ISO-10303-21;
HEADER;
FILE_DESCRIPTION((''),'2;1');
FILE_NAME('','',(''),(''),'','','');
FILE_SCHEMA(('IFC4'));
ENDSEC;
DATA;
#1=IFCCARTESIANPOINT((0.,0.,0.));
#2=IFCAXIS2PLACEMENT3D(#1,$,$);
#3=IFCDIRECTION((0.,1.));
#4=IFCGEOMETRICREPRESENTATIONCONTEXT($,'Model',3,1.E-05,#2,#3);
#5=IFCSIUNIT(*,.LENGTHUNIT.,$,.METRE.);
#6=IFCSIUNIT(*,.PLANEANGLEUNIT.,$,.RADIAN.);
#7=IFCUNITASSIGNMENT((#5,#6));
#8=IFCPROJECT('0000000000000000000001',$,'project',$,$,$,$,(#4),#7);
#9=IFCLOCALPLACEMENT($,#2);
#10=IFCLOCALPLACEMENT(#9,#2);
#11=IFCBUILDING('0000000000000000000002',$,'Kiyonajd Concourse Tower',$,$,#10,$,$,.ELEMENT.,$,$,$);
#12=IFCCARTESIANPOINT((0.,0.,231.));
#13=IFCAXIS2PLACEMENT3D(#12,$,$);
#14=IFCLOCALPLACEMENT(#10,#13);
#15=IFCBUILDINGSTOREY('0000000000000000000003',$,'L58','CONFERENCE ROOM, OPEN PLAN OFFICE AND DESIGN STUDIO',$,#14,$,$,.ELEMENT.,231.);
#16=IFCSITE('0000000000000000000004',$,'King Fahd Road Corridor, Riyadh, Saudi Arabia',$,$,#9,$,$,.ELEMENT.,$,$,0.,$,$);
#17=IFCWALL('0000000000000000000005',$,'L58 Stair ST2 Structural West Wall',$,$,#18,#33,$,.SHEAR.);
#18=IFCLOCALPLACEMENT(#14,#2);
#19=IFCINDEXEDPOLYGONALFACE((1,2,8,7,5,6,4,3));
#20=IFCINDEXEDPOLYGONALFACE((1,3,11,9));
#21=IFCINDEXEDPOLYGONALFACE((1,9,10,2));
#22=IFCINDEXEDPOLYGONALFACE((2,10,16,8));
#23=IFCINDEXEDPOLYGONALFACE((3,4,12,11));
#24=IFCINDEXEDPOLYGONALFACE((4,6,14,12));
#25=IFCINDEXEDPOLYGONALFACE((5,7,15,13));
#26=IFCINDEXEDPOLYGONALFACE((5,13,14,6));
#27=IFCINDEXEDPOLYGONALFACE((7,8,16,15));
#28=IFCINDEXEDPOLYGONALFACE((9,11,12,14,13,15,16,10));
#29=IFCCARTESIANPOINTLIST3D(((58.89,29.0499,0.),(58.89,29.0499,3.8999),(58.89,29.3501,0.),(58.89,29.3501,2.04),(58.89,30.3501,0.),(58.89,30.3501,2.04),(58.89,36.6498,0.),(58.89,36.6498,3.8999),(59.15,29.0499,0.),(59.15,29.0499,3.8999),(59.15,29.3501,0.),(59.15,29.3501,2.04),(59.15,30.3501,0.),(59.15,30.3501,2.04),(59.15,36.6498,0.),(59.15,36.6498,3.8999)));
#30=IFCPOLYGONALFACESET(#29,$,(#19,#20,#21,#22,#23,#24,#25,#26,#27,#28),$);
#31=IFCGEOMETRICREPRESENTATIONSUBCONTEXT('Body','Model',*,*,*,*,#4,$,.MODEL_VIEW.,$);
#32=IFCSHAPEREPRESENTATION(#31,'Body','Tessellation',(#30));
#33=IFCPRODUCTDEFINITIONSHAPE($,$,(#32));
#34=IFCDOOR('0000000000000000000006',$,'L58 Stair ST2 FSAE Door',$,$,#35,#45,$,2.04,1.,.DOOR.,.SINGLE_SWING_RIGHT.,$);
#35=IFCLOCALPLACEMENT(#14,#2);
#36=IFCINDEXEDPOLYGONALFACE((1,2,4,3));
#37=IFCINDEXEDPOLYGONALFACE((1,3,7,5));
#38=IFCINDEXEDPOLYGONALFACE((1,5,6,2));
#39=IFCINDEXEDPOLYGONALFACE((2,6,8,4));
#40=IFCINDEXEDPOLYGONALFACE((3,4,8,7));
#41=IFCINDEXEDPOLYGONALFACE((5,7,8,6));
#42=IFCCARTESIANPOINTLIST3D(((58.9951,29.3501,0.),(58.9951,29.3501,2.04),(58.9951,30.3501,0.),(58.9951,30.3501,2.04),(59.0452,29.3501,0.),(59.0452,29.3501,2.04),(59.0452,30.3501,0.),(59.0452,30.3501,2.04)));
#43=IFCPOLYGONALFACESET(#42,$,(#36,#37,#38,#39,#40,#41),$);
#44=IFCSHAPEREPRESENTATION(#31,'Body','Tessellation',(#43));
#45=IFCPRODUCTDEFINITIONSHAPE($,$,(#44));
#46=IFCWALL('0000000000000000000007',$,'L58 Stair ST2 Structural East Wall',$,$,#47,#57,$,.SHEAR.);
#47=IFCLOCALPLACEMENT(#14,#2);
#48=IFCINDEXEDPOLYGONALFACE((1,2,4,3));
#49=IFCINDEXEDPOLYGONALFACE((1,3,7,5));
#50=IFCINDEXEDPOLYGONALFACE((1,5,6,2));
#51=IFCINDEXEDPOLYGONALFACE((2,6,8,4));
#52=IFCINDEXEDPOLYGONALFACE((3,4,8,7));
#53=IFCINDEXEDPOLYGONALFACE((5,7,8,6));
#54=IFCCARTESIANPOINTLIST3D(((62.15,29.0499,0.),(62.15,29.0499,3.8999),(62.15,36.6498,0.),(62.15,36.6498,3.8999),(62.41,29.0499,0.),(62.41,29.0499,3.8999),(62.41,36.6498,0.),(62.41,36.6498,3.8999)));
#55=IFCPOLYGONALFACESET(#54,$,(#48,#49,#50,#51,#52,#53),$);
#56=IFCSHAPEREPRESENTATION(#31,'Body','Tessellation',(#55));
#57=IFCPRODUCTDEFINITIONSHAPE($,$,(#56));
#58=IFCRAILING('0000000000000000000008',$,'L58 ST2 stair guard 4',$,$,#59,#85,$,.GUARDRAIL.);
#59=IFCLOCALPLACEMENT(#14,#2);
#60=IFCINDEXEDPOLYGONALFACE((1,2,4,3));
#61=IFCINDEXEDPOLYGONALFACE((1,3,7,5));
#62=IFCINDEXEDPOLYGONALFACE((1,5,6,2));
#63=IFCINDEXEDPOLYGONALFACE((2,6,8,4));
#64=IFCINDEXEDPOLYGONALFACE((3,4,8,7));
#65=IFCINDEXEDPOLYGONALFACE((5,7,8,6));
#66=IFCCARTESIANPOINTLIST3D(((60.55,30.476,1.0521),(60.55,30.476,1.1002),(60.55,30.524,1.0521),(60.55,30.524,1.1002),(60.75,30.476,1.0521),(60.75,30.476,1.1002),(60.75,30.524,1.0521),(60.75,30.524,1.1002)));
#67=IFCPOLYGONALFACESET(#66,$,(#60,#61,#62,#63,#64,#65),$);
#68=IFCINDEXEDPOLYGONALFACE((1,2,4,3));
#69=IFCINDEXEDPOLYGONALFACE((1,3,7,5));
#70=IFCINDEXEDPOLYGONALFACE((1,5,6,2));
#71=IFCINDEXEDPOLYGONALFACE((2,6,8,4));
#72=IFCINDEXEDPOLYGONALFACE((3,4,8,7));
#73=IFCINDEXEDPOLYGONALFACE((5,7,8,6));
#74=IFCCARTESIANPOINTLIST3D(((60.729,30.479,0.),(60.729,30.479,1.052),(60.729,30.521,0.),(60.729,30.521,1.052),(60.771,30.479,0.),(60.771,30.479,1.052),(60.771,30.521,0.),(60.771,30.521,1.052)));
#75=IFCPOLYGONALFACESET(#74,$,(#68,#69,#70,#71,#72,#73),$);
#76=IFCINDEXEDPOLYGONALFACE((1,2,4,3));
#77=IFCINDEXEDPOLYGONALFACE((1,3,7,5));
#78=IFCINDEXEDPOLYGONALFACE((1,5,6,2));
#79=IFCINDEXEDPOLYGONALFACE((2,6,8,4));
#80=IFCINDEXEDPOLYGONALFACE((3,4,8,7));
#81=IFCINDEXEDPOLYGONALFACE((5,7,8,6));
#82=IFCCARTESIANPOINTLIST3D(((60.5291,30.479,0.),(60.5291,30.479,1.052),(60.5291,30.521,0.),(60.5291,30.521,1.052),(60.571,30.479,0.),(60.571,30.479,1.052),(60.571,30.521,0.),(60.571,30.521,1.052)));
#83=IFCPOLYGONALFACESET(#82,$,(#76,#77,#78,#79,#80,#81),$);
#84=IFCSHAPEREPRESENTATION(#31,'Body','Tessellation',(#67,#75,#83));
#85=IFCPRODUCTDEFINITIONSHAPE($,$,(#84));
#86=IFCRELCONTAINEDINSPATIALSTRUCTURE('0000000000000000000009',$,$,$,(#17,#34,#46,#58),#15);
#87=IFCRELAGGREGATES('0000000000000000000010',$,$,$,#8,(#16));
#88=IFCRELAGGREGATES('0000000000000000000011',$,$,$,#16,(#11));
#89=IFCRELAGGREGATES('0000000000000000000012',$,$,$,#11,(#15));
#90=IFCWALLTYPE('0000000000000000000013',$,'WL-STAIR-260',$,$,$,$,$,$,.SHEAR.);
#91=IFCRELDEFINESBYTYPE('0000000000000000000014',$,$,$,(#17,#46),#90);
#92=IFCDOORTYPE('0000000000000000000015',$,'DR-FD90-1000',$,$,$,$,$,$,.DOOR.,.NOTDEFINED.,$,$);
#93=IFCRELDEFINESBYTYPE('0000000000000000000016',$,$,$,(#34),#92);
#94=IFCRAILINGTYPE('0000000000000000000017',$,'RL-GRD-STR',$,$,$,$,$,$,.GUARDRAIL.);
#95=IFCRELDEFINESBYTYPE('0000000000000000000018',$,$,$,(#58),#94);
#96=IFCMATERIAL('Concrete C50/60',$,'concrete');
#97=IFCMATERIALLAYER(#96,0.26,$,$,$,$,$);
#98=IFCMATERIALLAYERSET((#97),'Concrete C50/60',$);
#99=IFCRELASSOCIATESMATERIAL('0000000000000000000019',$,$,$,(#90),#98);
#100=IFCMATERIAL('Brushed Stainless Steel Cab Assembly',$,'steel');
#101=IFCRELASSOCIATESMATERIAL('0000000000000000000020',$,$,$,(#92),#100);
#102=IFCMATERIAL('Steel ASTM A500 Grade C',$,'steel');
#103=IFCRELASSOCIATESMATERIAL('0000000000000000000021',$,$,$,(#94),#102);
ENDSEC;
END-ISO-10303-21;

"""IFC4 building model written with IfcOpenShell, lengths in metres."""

from ifc_helpers import new_model, si_unit, direction, frame, frame_2d, origin, origin_2d, place, context, subcontext, project, spatial, rectangle, extrude, material, layer, layer_set, type_object, element, fill, save


model = new_model("IFC4")

# Units and contexts
model_context = context("Model", 3, precision=1e-05, world=origin(), true_north=direction((0.0, 1.0)))
body_context = subcontext(model_context, "Body", "Model", "MODEL_VIEW")
ifc_project = project(units=[si_unit("LENGTHUNIT", "METRE"), si_unit("PLANEANGLEUNIT", "RADIAN")], contexts=[model_context])

# Site, building, storey
site_placement = place(None, origin())
site = spatial("IfcSite", under=ifc_project, at=site_placement, Name="King Fahd Road Corridor, Riyadh, Saudi Arabia", CompositionType="ELEMENT", RefElevation=0.0)
building_placement = place(site_placement, origin())
building = spatial("IfcBuilding", under=site, at=building_placement, Name="Kiyonajd Concourse Tower", CompositionType="ELEMENT")
storey_placement = place(building_placement, frame((0.0, 0.0, 231.0)))
storey = spatial("IfcBuildingStorey", under=building, at=storey_placement, Name="L58", Description="CONFERENCE ROOM, OPEN PLAN OFFICE AND DESIGN STUDIO", CompositionType="ELEMENT", Elevation=231.0)

# Shared definitions
ifc_material_1 = material(Name="Concrete C50/60", Category="concrete")

# Shared definitions
ifc_layer_1 = layer(ifc_material_1, 0.26)
ifc_layer_set_1 = layer_set([ifc_layer_1], Name="Concrete C50/60")
wall_type_1 = type_object("IfcWallType", Name="WL-STAIR-260", PredefinedType="SHEAR", material=ifc_layer_set_1)

# Wall, opening, door
wall_1_placement = place(storey_placement, frame((59.02, 29.05, 0.0), z_axis=(0.0, 0.0, 1.0), x_axis=(0.0, 1.0, 0.0)))
wall_1 = element("IfcWall", 1, at=wall_1_placement, inside=storey, type_object=wall_type_1, Name="L58 Stair ST2 Structural West Wall", PredefinedType="SHEAR", context=body_context, shape_type="SweptSolid", body=[
    extrude(rectangle(XDim=7.5999, YDim=0.26, at=frame_2d((3.7998, 0.0))), origin(), (0.0, 0.0, 1.0), 3.8999),
])
opening_1_placement = place(wall_1_placement, frame((0.3, 0.0, 0.0)))
opening_1 = element("IfcOpeningElement", 2, at=opening_1_placement, cuts=wall_1, PredefinedType="OPENING", context=body_context, shape_type="SweptSolid", body=[
    extrude(rectangle(XDim=1.0, YDim=2.04, at=frame_2d((0.5, 1.02))), frame((0.0, 0.1399, 0.0), z_axis=(0.0, -1.0, 0.0), x_axis=(1.0, 0.0, 0.0)), (0.0, 0.0, 1.0), 0.28),
])
ifc_material_2 = material(Name="Brushed Stainless Steel Cab Assembly", Category="steel")
door_type = type_object("IfcDoorType", Name="DR-FD90-1000", OperationType="NOTDEFINED", PredefinedType="DOOR", material=ifc_material_2)
door_placement = place(opening_1_placement, origin())
door = element("IfcDoor", 3, at=door_placement, inside=storey, type_object=door_type, Name="L58 Stair ST2 FSAE Door", OperationType="SINGLE_SWING_RIGHT", OverallHeight=2.04, OverallWidth=1.0, PredefinedType="DOOR", context=body_context, shape_type="SweptSolid", body=[
    extrude(rectangle(XDim=1.0, YDim=2.04, at=frame_2d((0.5, 1.02))), frame((0.0, 0.0249, 0.0), z_axis=(0.0, -1.0, 0.0), x_axis=(1.0, 0.0, 0.0)), (0.0, 0.0, 1.0), 0.05),
])
fill(opening_1, door)

# Wall
wall_2_placement = place(storey_placement, frame((62.28, 29.05, 0.0), z_axis=(0.0, 0.0, 1.0), x_axis=(0.0, 1.0, 0.0)))
element("IfcWall", 4, at=wall_2_placement, inside=storey, type_object=wall_type_1, Name="L58 Stair ST2 Structural East Wall", PredefinedType="SHEAR", context=body_context, shape_type="SweptSolid", body=[
    extrude(rectangle(XDim=7.5999, YDim=0.26, at=frame_2d((3.7998, 0.0))), origin(), (0.0, 0.0, 1.0), 3.8999),
])

# Railing
ifc_material_3 = material(Name="Steel ASTM A500 Grade C", Category="steel")
railing_type = type_object("IfcRailingType", Name="RL-GRD-STR", PredefinedType="GUARDRAIL", material=ifc_material_3)
railing_placement = place(storey_placement, frame((60.75, 30.5, 0.0)))
element("IfcRailing", 5, at=railing_placement, inside=storey, type_object=railing_type, Name="L58 ST2 stair guard 4", PredefinedType="GUARDRAIL", context=body_context, shape_type="SweptSolid", body=[
    extrude(rectangle(XDim=0.0481, YDim=0.0481, at=origin_2d()), frame((0.0, 0.0, 1.0762), z_axis=(-1.0, 0.0, 0.0), x_axis=(0.0, -1.0, 0.0)), (0.0, 0.0, 1.0), 0.2),
    extrude(rectangle(XDim=0.042, YDim=0.042, at=origin_2d()), origin(), (0.0, 0.0, 1.0), 1.052),
    extrude(rectangle(XDim=0.042, YDim=0.042, at=origin_2d()), frame((-0.2, 0.0, 0.0)), (0.0, 0.0, 1.0), 1.052),
])

save(model, "model.ifc")
